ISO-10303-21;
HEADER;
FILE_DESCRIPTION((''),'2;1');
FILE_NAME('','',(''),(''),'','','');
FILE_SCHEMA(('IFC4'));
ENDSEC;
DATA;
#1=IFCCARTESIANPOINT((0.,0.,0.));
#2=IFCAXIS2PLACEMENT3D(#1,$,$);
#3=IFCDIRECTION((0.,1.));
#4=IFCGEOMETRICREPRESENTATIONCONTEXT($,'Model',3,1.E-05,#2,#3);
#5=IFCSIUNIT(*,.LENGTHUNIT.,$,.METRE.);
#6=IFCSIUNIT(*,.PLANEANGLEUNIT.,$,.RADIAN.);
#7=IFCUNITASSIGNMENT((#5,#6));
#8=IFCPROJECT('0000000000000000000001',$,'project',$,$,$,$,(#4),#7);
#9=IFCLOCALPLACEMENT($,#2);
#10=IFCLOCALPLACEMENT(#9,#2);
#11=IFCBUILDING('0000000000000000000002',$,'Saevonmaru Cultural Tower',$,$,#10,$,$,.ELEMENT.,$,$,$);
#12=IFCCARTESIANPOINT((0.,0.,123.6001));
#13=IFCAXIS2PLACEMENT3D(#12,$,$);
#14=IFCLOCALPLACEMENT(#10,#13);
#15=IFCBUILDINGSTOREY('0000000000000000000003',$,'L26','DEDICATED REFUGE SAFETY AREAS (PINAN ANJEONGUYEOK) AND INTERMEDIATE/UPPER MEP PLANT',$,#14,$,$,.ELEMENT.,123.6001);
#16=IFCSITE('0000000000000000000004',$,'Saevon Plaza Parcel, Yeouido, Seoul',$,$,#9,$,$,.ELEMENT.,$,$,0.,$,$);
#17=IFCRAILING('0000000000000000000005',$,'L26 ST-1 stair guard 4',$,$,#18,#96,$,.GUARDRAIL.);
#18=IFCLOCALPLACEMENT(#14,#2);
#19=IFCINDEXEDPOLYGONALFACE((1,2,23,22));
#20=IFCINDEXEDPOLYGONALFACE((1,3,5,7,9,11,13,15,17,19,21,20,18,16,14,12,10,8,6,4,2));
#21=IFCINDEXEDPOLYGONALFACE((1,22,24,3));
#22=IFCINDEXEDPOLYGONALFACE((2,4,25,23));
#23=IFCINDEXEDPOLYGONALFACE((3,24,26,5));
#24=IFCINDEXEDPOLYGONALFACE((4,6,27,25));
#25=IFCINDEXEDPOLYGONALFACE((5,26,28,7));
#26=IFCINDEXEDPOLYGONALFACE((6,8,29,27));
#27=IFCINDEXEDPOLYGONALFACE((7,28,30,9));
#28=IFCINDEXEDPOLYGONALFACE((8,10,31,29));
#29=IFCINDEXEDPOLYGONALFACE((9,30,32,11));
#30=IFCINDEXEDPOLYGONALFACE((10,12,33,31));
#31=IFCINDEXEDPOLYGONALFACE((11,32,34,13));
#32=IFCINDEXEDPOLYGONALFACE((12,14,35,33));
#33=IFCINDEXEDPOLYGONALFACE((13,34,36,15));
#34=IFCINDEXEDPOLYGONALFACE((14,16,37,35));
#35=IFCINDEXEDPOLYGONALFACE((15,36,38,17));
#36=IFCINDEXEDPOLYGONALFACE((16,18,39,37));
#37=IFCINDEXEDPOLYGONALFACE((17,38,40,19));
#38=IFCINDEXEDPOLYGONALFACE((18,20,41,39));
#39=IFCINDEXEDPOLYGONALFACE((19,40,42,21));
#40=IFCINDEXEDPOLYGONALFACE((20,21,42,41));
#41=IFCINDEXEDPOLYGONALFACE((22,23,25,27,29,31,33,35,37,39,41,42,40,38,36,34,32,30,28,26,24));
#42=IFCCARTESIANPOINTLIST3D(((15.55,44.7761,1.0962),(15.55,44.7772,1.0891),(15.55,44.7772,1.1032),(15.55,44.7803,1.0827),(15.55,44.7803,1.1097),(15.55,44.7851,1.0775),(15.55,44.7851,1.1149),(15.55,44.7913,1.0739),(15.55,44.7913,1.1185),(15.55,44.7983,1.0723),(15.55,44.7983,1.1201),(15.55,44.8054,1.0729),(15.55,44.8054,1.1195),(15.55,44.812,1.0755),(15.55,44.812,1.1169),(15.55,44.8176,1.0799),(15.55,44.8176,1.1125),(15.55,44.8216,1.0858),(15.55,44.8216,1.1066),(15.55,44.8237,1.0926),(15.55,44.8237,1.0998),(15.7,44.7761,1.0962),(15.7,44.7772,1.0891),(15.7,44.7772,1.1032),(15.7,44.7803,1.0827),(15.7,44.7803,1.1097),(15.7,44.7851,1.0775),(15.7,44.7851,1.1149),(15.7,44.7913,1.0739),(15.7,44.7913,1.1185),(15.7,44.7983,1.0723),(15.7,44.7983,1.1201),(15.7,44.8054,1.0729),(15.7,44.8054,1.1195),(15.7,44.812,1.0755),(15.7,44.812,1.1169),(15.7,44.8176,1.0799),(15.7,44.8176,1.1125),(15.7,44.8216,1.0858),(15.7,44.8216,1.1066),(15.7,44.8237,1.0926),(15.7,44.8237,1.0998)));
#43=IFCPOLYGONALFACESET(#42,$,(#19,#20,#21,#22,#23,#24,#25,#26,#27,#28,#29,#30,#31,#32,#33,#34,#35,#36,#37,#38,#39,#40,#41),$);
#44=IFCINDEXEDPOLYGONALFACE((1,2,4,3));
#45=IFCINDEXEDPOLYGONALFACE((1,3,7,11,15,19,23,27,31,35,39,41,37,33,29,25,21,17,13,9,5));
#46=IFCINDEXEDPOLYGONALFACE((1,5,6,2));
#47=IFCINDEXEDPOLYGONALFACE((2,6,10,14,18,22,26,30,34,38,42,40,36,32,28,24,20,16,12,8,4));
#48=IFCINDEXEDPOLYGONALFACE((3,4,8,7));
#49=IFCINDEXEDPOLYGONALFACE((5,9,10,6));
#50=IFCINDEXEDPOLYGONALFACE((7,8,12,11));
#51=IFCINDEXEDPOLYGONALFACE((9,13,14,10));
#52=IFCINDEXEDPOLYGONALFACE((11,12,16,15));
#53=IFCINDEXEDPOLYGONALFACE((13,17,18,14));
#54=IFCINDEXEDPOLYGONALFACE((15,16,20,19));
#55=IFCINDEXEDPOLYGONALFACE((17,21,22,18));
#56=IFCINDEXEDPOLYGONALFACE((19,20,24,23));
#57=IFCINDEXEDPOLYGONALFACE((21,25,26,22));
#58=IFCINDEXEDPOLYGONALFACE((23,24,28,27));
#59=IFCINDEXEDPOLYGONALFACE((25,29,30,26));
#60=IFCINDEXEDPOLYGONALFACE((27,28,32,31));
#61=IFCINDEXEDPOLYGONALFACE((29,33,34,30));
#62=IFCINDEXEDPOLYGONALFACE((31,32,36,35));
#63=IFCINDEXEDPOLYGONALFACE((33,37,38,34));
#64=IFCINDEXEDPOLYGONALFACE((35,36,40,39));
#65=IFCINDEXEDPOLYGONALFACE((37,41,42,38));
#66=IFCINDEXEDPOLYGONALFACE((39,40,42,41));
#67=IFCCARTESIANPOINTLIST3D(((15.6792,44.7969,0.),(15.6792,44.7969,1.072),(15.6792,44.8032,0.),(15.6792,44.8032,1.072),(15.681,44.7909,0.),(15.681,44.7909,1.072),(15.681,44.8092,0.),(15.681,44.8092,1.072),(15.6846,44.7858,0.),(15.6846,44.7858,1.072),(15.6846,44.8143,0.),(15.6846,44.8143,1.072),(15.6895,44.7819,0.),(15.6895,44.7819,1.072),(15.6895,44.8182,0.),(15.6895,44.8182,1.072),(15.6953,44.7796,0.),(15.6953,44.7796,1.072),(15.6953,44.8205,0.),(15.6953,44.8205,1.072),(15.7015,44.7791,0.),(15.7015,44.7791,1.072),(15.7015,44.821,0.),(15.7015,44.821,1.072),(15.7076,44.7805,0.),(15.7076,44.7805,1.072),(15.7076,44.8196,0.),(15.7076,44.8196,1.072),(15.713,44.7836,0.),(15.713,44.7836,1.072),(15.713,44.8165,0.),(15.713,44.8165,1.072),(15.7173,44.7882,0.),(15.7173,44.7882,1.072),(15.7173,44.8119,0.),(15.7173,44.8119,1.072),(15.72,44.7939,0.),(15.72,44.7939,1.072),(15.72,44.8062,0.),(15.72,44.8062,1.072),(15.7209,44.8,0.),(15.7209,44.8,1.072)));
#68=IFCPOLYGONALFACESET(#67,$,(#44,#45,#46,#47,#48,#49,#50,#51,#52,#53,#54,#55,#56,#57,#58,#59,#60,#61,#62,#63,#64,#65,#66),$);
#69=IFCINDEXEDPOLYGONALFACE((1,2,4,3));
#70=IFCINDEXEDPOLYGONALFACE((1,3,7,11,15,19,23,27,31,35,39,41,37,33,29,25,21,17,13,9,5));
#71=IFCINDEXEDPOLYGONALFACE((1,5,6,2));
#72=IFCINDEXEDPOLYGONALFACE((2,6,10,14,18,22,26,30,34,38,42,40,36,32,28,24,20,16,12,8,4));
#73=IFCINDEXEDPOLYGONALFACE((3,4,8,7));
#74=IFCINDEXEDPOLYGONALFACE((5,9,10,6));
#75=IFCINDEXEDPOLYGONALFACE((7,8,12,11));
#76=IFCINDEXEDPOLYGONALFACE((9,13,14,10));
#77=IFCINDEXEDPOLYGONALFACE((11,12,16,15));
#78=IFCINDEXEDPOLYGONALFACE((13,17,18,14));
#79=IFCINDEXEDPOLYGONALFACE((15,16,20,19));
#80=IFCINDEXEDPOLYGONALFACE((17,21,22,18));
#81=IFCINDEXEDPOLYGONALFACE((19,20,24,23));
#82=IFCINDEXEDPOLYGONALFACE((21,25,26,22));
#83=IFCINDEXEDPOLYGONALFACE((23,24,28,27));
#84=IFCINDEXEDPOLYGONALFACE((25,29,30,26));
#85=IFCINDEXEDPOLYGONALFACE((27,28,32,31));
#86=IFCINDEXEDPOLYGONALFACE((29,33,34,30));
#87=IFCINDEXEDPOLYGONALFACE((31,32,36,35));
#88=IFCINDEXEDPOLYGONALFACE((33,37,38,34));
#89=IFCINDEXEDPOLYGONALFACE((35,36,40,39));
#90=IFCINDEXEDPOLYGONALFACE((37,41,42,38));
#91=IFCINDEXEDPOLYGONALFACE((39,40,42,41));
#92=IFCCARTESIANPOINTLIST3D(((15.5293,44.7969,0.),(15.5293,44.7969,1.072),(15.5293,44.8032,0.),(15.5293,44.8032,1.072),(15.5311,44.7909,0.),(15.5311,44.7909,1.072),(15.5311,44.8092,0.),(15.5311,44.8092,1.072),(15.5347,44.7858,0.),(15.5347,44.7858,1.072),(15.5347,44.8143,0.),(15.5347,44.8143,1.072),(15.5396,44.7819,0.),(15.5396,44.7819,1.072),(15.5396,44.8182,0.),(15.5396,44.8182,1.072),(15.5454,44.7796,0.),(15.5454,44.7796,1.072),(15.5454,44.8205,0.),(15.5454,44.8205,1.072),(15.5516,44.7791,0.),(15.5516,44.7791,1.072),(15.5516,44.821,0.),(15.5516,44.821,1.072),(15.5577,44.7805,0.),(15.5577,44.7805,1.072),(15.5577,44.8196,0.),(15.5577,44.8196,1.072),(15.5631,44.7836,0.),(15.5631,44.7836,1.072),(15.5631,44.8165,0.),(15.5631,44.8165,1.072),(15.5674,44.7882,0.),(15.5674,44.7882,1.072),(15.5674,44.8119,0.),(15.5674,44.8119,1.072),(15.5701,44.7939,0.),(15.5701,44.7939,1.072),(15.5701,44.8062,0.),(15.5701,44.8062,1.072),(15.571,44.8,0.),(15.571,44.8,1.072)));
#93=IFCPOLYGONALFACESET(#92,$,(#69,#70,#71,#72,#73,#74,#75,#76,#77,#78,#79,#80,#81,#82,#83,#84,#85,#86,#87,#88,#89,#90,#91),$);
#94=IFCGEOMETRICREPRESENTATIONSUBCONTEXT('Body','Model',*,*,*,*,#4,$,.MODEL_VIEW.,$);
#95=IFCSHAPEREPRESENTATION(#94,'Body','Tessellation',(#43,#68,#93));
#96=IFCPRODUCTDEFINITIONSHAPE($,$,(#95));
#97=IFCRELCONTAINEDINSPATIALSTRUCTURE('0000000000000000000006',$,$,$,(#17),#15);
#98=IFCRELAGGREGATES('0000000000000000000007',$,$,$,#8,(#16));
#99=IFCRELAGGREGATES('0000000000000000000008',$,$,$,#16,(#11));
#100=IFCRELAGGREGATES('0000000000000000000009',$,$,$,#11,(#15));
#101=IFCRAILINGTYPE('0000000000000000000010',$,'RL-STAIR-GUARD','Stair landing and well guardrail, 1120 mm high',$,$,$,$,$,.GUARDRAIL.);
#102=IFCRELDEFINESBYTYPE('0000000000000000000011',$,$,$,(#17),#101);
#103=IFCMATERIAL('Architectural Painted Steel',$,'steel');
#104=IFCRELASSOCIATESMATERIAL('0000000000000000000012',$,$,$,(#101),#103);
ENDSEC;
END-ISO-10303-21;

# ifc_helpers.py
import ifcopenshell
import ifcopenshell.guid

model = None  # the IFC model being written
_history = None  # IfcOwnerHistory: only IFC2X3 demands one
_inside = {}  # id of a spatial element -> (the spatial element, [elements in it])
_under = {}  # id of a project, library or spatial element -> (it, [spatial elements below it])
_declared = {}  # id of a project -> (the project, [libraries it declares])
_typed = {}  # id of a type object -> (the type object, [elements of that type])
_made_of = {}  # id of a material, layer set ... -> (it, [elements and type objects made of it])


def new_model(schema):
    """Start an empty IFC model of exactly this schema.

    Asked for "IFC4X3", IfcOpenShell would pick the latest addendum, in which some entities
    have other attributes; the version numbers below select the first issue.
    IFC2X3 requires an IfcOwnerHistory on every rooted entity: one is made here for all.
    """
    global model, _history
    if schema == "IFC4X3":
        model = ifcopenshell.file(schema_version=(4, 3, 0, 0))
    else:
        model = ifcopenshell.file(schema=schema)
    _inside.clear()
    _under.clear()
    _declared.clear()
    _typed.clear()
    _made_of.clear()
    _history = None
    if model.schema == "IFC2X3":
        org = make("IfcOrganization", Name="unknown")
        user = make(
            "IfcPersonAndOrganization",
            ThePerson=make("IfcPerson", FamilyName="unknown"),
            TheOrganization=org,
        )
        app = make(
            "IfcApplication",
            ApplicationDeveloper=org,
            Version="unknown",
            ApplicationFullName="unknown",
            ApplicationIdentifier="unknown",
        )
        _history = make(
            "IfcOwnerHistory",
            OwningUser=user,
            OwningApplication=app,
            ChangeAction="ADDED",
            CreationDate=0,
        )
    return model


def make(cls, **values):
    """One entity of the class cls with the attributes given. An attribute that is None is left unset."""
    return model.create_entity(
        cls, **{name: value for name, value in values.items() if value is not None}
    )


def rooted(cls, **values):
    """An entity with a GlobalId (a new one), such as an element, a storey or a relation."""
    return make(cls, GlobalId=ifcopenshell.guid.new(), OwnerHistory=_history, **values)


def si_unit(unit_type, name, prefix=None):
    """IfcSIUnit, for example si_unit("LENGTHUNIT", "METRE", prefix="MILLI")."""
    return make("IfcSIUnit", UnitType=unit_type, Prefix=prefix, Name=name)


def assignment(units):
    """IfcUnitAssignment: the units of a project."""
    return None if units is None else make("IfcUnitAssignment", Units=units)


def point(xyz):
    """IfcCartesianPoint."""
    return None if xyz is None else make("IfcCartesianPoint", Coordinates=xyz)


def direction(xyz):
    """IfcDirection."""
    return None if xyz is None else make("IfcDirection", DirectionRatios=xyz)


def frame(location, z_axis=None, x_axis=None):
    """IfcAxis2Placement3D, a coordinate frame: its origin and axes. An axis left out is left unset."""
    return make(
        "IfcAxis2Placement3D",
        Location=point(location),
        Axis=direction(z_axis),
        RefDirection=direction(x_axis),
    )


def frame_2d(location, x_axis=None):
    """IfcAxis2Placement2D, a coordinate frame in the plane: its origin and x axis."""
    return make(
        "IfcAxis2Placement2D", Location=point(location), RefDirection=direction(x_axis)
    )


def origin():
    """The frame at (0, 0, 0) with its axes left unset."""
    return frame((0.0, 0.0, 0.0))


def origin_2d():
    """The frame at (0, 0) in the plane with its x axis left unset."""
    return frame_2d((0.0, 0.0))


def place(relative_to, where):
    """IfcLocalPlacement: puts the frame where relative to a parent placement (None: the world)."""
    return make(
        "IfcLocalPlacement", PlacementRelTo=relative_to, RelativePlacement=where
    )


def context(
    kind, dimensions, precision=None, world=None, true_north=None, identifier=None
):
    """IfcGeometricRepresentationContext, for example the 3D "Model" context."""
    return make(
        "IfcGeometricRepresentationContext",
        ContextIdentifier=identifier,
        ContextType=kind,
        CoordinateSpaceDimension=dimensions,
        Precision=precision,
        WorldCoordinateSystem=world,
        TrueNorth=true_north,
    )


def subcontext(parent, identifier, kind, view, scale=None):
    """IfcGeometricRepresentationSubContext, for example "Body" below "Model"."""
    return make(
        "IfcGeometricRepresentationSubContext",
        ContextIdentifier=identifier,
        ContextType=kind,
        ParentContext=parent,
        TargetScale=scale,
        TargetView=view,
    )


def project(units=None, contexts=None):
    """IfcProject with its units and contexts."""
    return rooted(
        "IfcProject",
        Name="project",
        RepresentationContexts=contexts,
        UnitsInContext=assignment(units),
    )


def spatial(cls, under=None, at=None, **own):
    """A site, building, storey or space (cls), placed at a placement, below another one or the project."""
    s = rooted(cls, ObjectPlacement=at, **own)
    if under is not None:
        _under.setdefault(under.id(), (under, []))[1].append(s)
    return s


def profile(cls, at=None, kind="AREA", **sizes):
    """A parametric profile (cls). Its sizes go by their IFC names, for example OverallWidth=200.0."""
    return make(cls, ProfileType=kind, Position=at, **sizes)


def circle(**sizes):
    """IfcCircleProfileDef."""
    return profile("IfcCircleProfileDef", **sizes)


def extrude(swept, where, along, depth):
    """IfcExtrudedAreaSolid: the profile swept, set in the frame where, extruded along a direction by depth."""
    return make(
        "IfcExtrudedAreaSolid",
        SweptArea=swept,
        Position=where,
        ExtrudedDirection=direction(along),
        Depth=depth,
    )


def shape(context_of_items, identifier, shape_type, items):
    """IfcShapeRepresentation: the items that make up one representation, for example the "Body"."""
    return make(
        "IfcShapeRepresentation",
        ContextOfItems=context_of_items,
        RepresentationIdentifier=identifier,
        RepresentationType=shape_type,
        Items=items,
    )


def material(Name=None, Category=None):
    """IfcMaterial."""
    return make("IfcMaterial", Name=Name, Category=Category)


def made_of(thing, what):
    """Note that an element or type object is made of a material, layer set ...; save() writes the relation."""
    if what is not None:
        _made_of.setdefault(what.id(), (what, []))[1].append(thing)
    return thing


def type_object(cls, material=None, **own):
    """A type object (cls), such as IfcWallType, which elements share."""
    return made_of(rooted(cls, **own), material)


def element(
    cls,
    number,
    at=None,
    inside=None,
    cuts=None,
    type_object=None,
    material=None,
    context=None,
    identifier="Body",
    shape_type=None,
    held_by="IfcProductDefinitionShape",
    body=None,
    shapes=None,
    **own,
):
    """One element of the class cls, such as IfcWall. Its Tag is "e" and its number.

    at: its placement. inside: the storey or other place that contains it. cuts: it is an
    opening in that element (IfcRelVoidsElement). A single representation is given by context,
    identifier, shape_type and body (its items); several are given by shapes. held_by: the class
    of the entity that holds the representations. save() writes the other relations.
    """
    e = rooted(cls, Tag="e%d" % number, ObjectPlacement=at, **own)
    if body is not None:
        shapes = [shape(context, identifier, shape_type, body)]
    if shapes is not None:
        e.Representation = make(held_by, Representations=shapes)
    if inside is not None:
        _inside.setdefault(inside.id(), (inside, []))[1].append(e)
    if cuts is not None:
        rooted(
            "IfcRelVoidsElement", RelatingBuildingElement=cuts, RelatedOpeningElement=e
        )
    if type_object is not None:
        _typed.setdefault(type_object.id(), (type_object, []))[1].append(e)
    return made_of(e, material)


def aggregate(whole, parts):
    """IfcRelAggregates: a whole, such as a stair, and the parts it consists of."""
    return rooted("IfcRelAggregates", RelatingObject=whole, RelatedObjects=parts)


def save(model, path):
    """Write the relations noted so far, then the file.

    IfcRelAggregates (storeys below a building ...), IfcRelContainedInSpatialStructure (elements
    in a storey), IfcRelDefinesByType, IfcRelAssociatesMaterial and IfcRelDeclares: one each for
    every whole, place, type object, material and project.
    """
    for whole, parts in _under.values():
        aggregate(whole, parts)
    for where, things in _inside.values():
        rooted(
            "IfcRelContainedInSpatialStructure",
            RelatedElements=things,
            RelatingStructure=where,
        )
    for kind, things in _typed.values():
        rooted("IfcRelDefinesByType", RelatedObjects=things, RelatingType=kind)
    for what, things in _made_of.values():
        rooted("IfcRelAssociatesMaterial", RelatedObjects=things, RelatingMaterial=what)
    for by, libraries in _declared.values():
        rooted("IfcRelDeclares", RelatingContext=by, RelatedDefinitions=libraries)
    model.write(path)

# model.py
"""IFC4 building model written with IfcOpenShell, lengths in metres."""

from ifc_helpers import new_model, si_unit, direction, frame, origin, origin_2d, place, context, subcontext, project, spatial, circle, extrude, material, type_object, element, save


model = new_model("IFC4")

# Units and contexts
model_context = context("Model", 3, precision=1e-05, world=origin(), true_north=direction((0.0, 1.0)))
body_context = subcontext(model_context, "Body", "Model", "MODEL_VIEW")
ifc_project = project(units=[si_unit("LENGTHUNIT", "METRE"), si_unit("PLANEANGLEUNIT", "RADIAN")], contexts=[model_context])

# Site, building, storey
site_placement = place(None, origin())
site = spatial("IfcSite", under=ifc_project, at=site_placement, Name="Saevon Plaza Parcel, Yeouido, Seoul", CompositionType="ELEMENT", RefElevation=0.0)
building_placement = place(site_placement, origin())
building = spatial("IfcBuilding", under=site, at=building_placement, Name="Saevonmaru Cultural Tower", CompositionType="ELEMENT")
storey_placement = place(building_placement, frame((0.0, 0.0, 123.6001)))
storey = spatial("IfcBuildingStorey", under=building, at=storey_placement, Name="L26", Description="DEDICATED REFUGE SAFETY AREAS (PINAN ANJEONGUYEOK) AND INTERMEDIATE/UPPER MEP PLANT", CompositionType="ELEMENT", Elevation=123.6001)

# Railing
ifc_material_1 = material(Name="Architectural Painted Steel", Category="steel")
railing_type_1 = type_object("IfcRailingType", Name="RL-STAIR-GUARD", Description="Stair landing and well guardrail, 1120 mm high", PredefinedType="GUARDRAIL", material=ifc_material_1)
railing_1_placement = place(storey_placement, frame((15.7, 44.8, 0.0)))
element("IfcRailing", 1, at=railing_1_placement, inside=storey, type_object=railing_type_1, Name="L26 ST-1 stair guard 4", PredefinedType="GUARDRAIL", context=body_context, shape_type="SweptSolid", body=[
    extrude(circle(Radius=0.0239, at=origin_2d()), frame((0.0, 0.0, 1.0962), z_axis=(-1.0, 0.0, 0.0), x_axis=(0.0, -1.0, 0.0)), (0.0, 0.0, 1.0), 0.1499),
    extrude(circle(Radius=0.021, at=origin_2d()), origin(), (0.0, 0.0, 1.0), 1.072),
    extrude(circle(Radius=0.021, at=origin_2d()), frame((-0.1499, 0.0, 0.0)), (0.0, 0.0, 1.0), 1.072),
])

save(model, "model.ifc")
